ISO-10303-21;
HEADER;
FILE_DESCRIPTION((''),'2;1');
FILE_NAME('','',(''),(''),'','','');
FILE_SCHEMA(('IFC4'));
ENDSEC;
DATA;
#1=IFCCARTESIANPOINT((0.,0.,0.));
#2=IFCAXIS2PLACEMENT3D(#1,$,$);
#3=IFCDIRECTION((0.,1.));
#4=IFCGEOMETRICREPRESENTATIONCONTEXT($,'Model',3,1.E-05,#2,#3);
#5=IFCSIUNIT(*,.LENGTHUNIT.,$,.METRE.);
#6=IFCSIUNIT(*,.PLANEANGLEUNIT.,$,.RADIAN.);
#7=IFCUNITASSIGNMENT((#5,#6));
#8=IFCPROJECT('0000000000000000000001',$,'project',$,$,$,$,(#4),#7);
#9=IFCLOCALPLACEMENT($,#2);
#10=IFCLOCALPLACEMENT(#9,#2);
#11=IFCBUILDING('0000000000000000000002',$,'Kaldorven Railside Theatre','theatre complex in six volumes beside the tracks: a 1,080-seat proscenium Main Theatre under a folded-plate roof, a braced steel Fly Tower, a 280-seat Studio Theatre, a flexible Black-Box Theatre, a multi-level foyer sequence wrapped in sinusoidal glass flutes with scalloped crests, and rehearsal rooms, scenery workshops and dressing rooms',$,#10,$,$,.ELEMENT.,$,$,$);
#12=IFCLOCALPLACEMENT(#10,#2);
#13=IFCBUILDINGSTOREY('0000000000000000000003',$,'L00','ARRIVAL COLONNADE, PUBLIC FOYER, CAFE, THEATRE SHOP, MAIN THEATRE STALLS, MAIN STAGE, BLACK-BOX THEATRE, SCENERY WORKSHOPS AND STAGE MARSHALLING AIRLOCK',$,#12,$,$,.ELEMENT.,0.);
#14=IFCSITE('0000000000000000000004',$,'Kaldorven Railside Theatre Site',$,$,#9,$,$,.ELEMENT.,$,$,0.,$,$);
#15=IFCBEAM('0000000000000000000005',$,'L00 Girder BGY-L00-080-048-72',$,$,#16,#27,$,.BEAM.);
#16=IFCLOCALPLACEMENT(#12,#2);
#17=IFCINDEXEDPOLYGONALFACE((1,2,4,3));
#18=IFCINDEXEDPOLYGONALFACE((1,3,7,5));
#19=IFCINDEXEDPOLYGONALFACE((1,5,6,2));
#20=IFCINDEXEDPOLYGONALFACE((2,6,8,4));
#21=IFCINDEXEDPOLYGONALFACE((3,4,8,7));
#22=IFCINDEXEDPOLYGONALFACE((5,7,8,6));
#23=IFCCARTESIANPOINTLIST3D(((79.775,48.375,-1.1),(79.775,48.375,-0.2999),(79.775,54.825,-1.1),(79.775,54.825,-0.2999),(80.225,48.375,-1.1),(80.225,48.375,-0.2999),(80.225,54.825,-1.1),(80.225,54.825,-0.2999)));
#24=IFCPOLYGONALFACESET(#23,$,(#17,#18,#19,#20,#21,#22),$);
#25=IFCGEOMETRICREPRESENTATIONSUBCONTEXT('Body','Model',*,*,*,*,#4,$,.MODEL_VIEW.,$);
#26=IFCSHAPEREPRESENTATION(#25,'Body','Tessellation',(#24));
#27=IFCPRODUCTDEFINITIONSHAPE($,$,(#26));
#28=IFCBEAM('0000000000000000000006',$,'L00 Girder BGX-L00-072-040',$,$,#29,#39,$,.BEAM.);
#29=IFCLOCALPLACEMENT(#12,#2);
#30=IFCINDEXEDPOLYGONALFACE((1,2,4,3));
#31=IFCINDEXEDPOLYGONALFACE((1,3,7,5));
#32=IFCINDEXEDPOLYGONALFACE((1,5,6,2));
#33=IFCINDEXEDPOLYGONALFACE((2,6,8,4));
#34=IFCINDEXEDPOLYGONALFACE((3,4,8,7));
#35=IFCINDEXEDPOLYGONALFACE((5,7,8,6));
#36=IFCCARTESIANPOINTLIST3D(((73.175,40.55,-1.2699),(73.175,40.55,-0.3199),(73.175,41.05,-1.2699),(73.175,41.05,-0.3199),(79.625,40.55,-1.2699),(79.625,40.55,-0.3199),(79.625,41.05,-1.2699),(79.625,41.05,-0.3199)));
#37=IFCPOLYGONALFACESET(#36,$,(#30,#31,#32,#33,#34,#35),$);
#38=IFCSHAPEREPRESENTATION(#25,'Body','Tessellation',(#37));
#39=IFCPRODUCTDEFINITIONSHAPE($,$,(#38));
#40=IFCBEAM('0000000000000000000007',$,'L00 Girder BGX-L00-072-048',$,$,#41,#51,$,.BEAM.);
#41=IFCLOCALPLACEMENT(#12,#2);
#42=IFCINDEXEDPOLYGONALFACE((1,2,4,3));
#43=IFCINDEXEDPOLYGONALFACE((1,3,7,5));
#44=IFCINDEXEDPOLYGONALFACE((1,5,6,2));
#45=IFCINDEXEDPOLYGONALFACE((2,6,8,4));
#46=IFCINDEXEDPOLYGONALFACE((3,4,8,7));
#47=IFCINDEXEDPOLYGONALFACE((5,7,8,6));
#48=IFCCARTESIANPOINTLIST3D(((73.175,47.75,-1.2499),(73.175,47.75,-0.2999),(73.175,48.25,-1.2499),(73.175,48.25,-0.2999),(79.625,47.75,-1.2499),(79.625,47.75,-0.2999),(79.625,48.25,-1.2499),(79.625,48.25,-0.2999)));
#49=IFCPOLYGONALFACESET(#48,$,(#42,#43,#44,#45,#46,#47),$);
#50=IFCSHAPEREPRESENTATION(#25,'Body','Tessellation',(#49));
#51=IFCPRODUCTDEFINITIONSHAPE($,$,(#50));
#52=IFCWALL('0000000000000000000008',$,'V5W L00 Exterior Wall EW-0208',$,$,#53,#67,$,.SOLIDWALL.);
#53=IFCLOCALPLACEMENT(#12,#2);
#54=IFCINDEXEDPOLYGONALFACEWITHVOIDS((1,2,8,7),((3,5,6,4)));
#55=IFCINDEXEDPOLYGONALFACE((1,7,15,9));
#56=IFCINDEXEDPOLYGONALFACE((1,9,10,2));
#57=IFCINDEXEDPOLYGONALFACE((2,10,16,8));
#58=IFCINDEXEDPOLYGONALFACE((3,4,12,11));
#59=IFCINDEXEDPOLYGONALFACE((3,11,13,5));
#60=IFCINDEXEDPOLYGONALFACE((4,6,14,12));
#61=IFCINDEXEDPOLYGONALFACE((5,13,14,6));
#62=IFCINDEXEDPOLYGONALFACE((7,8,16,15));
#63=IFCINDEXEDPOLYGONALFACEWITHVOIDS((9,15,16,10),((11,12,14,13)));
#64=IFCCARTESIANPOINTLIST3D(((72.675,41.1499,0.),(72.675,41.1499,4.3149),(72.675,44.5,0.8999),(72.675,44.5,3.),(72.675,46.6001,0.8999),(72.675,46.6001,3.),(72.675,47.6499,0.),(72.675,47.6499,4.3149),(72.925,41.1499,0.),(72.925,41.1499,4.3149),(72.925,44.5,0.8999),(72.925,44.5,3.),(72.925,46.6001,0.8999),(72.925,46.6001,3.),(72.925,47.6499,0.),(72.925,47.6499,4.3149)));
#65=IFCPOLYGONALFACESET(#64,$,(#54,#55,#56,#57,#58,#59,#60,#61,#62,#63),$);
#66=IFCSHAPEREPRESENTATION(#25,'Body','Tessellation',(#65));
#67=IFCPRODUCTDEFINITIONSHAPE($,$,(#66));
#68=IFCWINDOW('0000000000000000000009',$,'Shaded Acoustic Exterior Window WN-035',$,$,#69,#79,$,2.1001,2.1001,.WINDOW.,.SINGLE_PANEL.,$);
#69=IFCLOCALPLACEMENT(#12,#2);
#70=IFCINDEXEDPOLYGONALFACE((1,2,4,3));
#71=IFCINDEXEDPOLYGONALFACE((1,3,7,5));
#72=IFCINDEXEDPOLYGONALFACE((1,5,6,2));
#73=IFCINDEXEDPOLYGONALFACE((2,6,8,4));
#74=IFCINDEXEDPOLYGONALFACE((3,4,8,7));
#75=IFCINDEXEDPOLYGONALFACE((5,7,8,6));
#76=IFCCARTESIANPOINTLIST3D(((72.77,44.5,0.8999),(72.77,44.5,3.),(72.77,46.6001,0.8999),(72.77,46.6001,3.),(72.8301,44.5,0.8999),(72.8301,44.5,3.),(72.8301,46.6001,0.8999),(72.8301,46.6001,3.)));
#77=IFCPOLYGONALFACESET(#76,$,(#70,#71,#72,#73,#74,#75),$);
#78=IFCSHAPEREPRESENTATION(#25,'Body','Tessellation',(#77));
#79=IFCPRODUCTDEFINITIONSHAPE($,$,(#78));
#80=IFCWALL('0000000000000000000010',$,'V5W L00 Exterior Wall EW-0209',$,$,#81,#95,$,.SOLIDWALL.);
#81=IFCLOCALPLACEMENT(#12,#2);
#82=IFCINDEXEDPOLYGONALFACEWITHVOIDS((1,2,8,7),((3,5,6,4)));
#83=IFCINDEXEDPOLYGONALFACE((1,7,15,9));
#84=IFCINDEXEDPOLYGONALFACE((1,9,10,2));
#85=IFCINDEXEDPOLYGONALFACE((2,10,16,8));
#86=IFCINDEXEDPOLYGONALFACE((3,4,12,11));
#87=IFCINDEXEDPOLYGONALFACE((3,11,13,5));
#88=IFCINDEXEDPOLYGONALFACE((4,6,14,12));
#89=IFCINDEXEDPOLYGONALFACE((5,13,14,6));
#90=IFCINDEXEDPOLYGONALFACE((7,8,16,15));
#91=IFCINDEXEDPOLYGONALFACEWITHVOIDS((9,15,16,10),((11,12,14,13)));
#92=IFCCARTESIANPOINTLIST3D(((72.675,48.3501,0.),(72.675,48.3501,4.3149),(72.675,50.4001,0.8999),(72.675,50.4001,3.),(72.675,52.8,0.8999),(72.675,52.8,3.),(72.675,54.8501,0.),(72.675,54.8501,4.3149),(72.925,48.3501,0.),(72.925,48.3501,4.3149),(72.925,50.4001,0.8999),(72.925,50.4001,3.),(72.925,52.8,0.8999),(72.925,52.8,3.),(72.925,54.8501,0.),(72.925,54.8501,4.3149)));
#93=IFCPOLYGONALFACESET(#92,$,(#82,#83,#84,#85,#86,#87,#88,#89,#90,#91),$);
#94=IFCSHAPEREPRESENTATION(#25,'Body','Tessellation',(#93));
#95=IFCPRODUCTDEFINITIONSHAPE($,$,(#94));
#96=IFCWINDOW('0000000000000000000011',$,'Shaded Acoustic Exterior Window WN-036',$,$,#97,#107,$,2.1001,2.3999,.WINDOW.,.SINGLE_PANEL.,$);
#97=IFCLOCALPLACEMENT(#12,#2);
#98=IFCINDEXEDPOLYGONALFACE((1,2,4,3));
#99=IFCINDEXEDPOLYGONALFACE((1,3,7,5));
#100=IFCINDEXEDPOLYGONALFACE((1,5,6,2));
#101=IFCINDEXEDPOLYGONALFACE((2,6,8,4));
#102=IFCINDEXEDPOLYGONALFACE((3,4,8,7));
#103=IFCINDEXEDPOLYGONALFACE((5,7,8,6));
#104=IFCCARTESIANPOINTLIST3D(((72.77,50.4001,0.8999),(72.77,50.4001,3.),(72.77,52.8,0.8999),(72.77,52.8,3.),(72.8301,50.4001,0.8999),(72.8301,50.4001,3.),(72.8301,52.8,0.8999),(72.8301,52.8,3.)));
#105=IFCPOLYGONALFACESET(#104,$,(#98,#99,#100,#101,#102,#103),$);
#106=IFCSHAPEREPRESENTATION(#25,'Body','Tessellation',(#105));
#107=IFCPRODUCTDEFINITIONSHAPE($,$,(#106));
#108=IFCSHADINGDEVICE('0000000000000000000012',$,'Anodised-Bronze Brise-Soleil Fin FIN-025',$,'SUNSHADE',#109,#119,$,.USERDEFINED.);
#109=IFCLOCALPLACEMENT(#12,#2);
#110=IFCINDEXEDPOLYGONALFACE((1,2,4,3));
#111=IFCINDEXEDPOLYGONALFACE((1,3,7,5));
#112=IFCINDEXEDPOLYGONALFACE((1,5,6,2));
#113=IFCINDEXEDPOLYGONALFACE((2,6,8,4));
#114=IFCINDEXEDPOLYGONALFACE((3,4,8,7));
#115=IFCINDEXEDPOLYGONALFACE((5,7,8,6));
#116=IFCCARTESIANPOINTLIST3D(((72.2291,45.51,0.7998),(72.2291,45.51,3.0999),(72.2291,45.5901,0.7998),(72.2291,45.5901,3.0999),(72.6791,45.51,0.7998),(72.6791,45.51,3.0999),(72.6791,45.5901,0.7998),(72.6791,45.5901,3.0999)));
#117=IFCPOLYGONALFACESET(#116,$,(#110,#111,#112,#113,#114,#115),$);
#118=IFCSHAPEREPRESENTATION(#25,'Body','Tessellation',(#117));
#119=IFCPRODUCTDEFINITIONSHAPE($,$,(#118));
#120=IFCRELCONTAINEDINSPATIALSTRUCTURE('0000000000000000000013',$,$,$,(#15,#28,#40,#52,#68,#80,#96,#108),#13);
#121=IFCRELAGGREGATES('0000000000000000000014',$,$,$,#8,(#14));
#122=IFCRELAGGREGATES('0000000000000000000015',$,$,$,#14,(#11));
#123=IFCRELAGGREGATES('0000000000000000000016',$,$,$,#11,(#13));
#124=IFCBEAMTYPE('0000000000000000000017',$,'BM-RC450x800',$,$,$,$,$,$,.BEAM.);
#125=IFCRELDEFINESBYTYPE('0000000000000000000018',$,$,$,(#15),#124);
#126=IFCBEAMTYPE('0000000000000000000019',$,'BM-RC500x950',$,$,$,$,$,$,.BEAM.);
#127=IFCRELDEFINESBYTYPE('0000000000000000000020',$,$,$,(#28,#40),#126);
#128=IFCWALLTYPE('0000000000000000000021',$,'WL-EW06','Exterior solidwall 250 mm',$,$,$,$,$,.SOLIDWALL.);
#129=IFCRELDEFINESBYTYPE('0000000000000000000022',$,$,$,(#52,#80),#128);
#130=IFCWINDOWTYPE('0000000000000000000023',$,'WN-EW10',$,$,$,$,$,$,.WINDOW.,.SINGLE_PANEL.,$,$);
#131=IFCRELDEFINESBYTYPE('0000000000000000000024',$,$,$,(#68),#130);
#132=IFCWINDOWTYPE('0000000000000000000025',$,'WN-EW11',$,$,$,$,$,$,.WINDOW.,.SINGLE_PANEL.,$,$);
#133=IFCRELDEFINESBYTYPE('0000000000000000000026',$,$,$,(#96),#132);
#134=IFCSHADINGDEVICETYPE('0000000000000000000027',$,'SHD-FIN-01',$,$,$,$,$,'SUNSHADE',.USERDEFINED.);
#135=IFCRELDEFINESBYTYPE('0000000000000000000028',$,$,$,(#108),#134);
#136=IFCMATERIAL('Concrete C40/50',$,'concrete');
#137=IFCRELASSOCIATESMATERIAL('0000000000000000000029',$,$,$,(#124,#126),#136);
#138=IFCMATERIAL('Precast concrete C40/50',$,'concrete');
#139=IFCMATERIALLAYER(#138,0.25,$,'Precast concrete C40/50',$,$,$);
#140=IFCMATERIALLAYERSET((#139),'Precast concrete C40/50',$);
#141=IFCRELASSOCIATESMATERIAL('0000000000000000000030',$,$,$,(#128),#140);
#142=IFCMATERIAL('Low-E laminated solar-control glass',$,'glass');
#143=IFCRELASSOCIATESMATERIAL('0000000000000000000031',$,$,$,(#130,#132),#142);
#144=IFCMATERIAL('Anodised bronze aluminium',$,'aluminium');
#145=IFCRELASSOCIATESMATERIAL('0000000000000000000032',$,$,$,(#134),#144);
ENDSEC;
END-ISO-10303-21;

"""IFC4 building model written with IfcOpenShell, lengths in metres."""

from ifc_helpers import new_model, si_unit, direction, frame, frame_2d, origin, origin_2d, place, context, subcontext, project, spatial, rectangle, extrude, material, layer, layer_set, material_profile, profile_set, type_object, element, fill, save


model = new_model("IFC4")

# Units and contexts
model_context = context("Model", 3, precision=1e-05, world=origin(), true_north=direction((0.0, 1.0)))
body_context = subcontext(model_context, "Body", "Model", "MODEL_VIEW")
ifc_project = project(units=[si_unit("LENGTHUNIT", "METRE"), si_unit("PLANEANGLEUNIT", "RADIAN")], contexts=[model_context])

# Site, building, storey
site_placement = place(None, origin())
site = spatial("IfcSite", under=ifc_project, at=site_placement, Name="Kaldorven Railside Theatre Site", CompositionType="ELEMENT", RefElevation=0.0)
building_placement = place(site_placement, origin())
building = spatial("IfcBuilding", under=site, at=building_placement, Name="Kaldorven Railside Theatre", Description="theatre complex in six volumes beside the tracks: a 1,080-seat proscenium Main Theatre under a folded-plate roof, a braced steel Fly Tower, a 280-seat Studio Theatre, a flexible Black-Box Theatre, a multi-level foyer sequence wrapped in sinusoidal glass flutes with scalloped crests, and rehearsal rooms, scenery workshops and dressing rooms", CompositionType="ELEMENT")
storey_placement = place(building_placement, origin())
storey = spatial("IfcBuildingStorey", under=building, at=storey_placement, Name="L00", Description="ARRIVAL COLONNADE, PUBLIC FOYER, CAFE, THEATRE SHOP, MAIN THEATRE STALLS, MAIN STAGE, BLACK-BOX THEATRE, SCENERY WORKSHOPS AND STAGE MARSHALLING AIRLOCK", CompositionType="ELEMENT", Elevation=0.0)

# Shared definitions
ifc_material_1 = material(Name="Concrete C40/50", Category="concrete")

# Beams
ifc_material_profile_1 = material_profile(ifc_material_1, rectangle(XDim=0.45, YDim=0.8, at=origin_2d()), Name="RC 450x800")
ifc_profile_set_1 = profile_set([ifc_material_profile_1], Name="Concrete C40/50")
beam_type_1 = type_object("IfcBeamType", Name="BM-RC450x800", PredefinedType="BEAM", material=ifc_profile_set_1)
for number, where, z_axis, x_axis, name in (
    (1, (80.0, 48.375, -0.7), (0.0, 1.0, 0.0), (-1.0, 0.0, 0.0), "L00 Girder BGY-L00-080-048-72"),
):
    element("IfcBeam", number, at=place(storey_placement, frame(where, z_axis=z_axis, x_axis=x_axis)), inside=storey, type_object=beam_type_1, Name=name, PredefinedType="BEAM", context=body_context, shape_type="SweptSolid", body=[
        extrude(rectangle(XDim=0.45, YDim=0.8, at=origin_2d()), origin(), (0.0, 0.0, 1.0), 6.45),
    ])
ifc_material_profile_2 = material_profile(ifc_material_1, rectangle(XDim=0.5, YDim=0.95, at=origin_2d()), Name="RC 500x950")
ifc_profile_set_2 = profile_set([ifc_material_profile_2], Name="Concrete C40/50")
beam_type_2 = type_object("IfcBeamType", Name="BM-RC500x950", PredefinedType="BEAM", material=ifc_profile_set_2)
for number, where, z_axis, x_axis, name in (
    (2, (73.175, 40.8, -0.7949), (1.0, 0.0, 0.0), (0.0, 1.0, 0.0), "L00 Girder BGX-L00-072-040"),
    (3, (73.175, 48.0, -0.7749), (1.0, 0.0, 0.0), (0.0, 1.0, 0.0), "L00 Girder BGX-L00-072-048"),
):
    element("IfcBeam", number, at=place(storey_placement, frame(where, z_axis=z_axis, x_axis=x_axis)), inside=storey, type_object=beam_type_2, Name=name, PredefinedType="BEAM", context=body_context, shape_type="SweptSolid", body=[
        extrude(rectangle(XDim=0.5, YDim=0.95, at=origin_2d()), origin(), (0.0, 0.0, 1.0), 6.45),
    ])

# Walls, openings, windows
ifc_material_2 = material(Name="Precast concrete C40/50", Category="concrete")
ifc_layer = layer(ifc_material_2, 0.25, Name="Precast concrete C40/50")
ifc_layer_set = layer_set([ifc_layer], Name="Precast concrete C40/50")
wall_type = type_object("IfcWallType", Name="WL-EW06", Description="Exterior solidwall 250 mm", PredefinedType="SOLIDWALL", material=ifc_layer_set)
wall_1_placement = place(storey_placement, frame((72.8, 41.1499, 0.0), z_axis=(0.0, 0.0, 1.0), x_axis=(0.0, 1.0, 0.0)))
wall_1 = element("IfcWall", 4, at=wall_1_placement, inside=storey, type_object=wall_type, Name="V5W L00 Exterior Wall EW-0208", PredefinedType="SOLIDWALL", context=body_context, shape_type="SweptSolid", body=[
    extrude(rectangle(XDim=6.5, YDim=0.25, at=frame_2d((3.25, 0.0))), origin(), (0.0, 0.0, 1.0), 4.3149),
])
opening_1_placement = place(wall_1_placement, frame((3.3501, 0.0, 0.8999)))
opening_1 = element("IfcOpeningElement", 5, at=opening_1_placement, cuts=wall_1, PredefinedType="OPENING", context=body_context, shape_type="SweptSolid", body=[
    extrude(rectangle(XDim=2.1001, YDim=2.1001, at=frame_2d((1.05, 1.05))), frame((0.0, 0.135, 0.0), z_axis=(0.0, -1.0, 0.0), x_axis=(1.0, 0.0, 0.0)), (0.0, 0.0, 1.0), 0.27),
])
ifc_material_3 = material(Name="Low-E laminated solar-control glass", Category="glass")
window_type_1 = type_object("IfcWindowType", Name="WN-EW10", PartitioningType="SINGLE_PANEL", PredefinedType="WINDOW", material=ifc_material_3)
window_1_placement = place(opening_1_placement, origin())
window_1 = element("IfcWindow", 6, at=window_1_placement, inside=storey, type_object=window_type_1, Name="Shaded Acoustic Exterior Window WN-035", OverallHeight=2.1001, OverallWidth=2.1001, PartitioningType="SINGLE_PANEL", PredefinedType="WINDOW", context=body_context, shape_type="SweptSolid", body=[
    extrude(rectangle(XDim=2.1001, YDim=2.1001, at=frame_2d((1.05, 1.05))), frame((0.0, 0.03, 0.0), z_axis=(0.0, -1.0, 0.0), x_axis=(1.0, 0.0, 0.0)), (0.0, 0.0, 1.0), 0.0601),
])
fill(opening_1, window_1)
wall_2_placement = place(storey_placement, frame((72.8, 48.3501, 0.0), z_axis=(0.0, 0.0, 1.0), x_axis=(0.0, 1.0, 0.0)))
wall_2 = element("IfcWall", 7, at=wall_2_placement, inside=storey, type_object=wall_type, Name="V5W L00 Exterior Wall EW-0209", PredefinedType="SOLIDWALL", context=body_context, shape_type="SweptSolid", body=[
    extrude(rectangle(XDim=6.5, YDim=0.25, at=frame_2d((3.25, 0.0))), origin(), (0.0, 0.0, 1.0), 4.3149),
])
opening_2_placement = place(wall_2_placement, frame((2.05, 0.0, 0.8999)))
opening_2 = element("IfcOpeningElement", 8, at=opening_2_placement, cuts=wall_2, PredefinedType="OPENING", context=body_context, shape_type="SweptSolid", body=[
    extrude(rectangle(XDim=2.3999, YDim=2.1001, at=frame_2d((1.2, 1.05))), frame((0.0, 0.135, 0.0), z_axis=(0.0, -1.0, 0.0), x_axis=(1.0, 0.0, 0.0)), (0.0, 0.0, 1.0), 0.27),
])
window_type_2 = type_object("IfcWindowType", Name="WN-EW11", PartitioningType="SINGLE_PANEL", PredefinedType="WINDOW", material=ifc_material_3)
window_2_placement = place(opening_2_placement, origin())
window_2 = element("IfcWindow", 9, at=window_2_placement, inside=storey, type_object=window_type_2, Name="Shaded Acoustic Exterior Window WN-036", OverallHeight=2.1001, OverallWidth=2.3999, PartitioningType="SINGLE_PANEL", PredefinedType="WINDOW", context=body_context, shape_type="SweptSolid", body=[
    extrude(rectangle(XDim=2.3999, YDim=2.1001, at=frame_2d((1.2, 1.05))), frame((0.0, 0.03, 0.0), z_axis=(0.0, -1.0, 0.0), x_axis=(1.0, 0.0, 0.0)), (0.0, 0.0, 1.0), 0.0601),
])
fill(opening_2, window_2)

# Shading device
ifc_material_4 = material(Name="Anodised bronze aluminium", Category="aluminium")
shading_device_type = type_object("IfcShadingDeviceType", Name="SHD-FIN-01", ElementType="SUNSHADE", PredefinedType="USERDEFINED", material=ifc_material_4)
shading_device_placement = place(storey_placement, frame((72.4541, 45.55, 0.7998), z_axis=(0.0, 0.0, 1.0), x_axis=(0.0, 1.0, 0.0)))
element("IfcShadingDevice", 10, at=shading_device_placement, inside=storey, type_object=shading_device_type, Name="Anodised-Bronze Brise-Soleil Fin FIN-025", ObjectType="SUNSHADE", PredefinedType="USERDEFINED", context=body_context, shape_type="SweptSolid", body=[
    extrude(rectangle(XDim=0.0801, YDim=0.45, at=origin_2d()), origin(), (0.0, 0.0, 1.0), 2.3),
])

save(model, "model.ifc")
